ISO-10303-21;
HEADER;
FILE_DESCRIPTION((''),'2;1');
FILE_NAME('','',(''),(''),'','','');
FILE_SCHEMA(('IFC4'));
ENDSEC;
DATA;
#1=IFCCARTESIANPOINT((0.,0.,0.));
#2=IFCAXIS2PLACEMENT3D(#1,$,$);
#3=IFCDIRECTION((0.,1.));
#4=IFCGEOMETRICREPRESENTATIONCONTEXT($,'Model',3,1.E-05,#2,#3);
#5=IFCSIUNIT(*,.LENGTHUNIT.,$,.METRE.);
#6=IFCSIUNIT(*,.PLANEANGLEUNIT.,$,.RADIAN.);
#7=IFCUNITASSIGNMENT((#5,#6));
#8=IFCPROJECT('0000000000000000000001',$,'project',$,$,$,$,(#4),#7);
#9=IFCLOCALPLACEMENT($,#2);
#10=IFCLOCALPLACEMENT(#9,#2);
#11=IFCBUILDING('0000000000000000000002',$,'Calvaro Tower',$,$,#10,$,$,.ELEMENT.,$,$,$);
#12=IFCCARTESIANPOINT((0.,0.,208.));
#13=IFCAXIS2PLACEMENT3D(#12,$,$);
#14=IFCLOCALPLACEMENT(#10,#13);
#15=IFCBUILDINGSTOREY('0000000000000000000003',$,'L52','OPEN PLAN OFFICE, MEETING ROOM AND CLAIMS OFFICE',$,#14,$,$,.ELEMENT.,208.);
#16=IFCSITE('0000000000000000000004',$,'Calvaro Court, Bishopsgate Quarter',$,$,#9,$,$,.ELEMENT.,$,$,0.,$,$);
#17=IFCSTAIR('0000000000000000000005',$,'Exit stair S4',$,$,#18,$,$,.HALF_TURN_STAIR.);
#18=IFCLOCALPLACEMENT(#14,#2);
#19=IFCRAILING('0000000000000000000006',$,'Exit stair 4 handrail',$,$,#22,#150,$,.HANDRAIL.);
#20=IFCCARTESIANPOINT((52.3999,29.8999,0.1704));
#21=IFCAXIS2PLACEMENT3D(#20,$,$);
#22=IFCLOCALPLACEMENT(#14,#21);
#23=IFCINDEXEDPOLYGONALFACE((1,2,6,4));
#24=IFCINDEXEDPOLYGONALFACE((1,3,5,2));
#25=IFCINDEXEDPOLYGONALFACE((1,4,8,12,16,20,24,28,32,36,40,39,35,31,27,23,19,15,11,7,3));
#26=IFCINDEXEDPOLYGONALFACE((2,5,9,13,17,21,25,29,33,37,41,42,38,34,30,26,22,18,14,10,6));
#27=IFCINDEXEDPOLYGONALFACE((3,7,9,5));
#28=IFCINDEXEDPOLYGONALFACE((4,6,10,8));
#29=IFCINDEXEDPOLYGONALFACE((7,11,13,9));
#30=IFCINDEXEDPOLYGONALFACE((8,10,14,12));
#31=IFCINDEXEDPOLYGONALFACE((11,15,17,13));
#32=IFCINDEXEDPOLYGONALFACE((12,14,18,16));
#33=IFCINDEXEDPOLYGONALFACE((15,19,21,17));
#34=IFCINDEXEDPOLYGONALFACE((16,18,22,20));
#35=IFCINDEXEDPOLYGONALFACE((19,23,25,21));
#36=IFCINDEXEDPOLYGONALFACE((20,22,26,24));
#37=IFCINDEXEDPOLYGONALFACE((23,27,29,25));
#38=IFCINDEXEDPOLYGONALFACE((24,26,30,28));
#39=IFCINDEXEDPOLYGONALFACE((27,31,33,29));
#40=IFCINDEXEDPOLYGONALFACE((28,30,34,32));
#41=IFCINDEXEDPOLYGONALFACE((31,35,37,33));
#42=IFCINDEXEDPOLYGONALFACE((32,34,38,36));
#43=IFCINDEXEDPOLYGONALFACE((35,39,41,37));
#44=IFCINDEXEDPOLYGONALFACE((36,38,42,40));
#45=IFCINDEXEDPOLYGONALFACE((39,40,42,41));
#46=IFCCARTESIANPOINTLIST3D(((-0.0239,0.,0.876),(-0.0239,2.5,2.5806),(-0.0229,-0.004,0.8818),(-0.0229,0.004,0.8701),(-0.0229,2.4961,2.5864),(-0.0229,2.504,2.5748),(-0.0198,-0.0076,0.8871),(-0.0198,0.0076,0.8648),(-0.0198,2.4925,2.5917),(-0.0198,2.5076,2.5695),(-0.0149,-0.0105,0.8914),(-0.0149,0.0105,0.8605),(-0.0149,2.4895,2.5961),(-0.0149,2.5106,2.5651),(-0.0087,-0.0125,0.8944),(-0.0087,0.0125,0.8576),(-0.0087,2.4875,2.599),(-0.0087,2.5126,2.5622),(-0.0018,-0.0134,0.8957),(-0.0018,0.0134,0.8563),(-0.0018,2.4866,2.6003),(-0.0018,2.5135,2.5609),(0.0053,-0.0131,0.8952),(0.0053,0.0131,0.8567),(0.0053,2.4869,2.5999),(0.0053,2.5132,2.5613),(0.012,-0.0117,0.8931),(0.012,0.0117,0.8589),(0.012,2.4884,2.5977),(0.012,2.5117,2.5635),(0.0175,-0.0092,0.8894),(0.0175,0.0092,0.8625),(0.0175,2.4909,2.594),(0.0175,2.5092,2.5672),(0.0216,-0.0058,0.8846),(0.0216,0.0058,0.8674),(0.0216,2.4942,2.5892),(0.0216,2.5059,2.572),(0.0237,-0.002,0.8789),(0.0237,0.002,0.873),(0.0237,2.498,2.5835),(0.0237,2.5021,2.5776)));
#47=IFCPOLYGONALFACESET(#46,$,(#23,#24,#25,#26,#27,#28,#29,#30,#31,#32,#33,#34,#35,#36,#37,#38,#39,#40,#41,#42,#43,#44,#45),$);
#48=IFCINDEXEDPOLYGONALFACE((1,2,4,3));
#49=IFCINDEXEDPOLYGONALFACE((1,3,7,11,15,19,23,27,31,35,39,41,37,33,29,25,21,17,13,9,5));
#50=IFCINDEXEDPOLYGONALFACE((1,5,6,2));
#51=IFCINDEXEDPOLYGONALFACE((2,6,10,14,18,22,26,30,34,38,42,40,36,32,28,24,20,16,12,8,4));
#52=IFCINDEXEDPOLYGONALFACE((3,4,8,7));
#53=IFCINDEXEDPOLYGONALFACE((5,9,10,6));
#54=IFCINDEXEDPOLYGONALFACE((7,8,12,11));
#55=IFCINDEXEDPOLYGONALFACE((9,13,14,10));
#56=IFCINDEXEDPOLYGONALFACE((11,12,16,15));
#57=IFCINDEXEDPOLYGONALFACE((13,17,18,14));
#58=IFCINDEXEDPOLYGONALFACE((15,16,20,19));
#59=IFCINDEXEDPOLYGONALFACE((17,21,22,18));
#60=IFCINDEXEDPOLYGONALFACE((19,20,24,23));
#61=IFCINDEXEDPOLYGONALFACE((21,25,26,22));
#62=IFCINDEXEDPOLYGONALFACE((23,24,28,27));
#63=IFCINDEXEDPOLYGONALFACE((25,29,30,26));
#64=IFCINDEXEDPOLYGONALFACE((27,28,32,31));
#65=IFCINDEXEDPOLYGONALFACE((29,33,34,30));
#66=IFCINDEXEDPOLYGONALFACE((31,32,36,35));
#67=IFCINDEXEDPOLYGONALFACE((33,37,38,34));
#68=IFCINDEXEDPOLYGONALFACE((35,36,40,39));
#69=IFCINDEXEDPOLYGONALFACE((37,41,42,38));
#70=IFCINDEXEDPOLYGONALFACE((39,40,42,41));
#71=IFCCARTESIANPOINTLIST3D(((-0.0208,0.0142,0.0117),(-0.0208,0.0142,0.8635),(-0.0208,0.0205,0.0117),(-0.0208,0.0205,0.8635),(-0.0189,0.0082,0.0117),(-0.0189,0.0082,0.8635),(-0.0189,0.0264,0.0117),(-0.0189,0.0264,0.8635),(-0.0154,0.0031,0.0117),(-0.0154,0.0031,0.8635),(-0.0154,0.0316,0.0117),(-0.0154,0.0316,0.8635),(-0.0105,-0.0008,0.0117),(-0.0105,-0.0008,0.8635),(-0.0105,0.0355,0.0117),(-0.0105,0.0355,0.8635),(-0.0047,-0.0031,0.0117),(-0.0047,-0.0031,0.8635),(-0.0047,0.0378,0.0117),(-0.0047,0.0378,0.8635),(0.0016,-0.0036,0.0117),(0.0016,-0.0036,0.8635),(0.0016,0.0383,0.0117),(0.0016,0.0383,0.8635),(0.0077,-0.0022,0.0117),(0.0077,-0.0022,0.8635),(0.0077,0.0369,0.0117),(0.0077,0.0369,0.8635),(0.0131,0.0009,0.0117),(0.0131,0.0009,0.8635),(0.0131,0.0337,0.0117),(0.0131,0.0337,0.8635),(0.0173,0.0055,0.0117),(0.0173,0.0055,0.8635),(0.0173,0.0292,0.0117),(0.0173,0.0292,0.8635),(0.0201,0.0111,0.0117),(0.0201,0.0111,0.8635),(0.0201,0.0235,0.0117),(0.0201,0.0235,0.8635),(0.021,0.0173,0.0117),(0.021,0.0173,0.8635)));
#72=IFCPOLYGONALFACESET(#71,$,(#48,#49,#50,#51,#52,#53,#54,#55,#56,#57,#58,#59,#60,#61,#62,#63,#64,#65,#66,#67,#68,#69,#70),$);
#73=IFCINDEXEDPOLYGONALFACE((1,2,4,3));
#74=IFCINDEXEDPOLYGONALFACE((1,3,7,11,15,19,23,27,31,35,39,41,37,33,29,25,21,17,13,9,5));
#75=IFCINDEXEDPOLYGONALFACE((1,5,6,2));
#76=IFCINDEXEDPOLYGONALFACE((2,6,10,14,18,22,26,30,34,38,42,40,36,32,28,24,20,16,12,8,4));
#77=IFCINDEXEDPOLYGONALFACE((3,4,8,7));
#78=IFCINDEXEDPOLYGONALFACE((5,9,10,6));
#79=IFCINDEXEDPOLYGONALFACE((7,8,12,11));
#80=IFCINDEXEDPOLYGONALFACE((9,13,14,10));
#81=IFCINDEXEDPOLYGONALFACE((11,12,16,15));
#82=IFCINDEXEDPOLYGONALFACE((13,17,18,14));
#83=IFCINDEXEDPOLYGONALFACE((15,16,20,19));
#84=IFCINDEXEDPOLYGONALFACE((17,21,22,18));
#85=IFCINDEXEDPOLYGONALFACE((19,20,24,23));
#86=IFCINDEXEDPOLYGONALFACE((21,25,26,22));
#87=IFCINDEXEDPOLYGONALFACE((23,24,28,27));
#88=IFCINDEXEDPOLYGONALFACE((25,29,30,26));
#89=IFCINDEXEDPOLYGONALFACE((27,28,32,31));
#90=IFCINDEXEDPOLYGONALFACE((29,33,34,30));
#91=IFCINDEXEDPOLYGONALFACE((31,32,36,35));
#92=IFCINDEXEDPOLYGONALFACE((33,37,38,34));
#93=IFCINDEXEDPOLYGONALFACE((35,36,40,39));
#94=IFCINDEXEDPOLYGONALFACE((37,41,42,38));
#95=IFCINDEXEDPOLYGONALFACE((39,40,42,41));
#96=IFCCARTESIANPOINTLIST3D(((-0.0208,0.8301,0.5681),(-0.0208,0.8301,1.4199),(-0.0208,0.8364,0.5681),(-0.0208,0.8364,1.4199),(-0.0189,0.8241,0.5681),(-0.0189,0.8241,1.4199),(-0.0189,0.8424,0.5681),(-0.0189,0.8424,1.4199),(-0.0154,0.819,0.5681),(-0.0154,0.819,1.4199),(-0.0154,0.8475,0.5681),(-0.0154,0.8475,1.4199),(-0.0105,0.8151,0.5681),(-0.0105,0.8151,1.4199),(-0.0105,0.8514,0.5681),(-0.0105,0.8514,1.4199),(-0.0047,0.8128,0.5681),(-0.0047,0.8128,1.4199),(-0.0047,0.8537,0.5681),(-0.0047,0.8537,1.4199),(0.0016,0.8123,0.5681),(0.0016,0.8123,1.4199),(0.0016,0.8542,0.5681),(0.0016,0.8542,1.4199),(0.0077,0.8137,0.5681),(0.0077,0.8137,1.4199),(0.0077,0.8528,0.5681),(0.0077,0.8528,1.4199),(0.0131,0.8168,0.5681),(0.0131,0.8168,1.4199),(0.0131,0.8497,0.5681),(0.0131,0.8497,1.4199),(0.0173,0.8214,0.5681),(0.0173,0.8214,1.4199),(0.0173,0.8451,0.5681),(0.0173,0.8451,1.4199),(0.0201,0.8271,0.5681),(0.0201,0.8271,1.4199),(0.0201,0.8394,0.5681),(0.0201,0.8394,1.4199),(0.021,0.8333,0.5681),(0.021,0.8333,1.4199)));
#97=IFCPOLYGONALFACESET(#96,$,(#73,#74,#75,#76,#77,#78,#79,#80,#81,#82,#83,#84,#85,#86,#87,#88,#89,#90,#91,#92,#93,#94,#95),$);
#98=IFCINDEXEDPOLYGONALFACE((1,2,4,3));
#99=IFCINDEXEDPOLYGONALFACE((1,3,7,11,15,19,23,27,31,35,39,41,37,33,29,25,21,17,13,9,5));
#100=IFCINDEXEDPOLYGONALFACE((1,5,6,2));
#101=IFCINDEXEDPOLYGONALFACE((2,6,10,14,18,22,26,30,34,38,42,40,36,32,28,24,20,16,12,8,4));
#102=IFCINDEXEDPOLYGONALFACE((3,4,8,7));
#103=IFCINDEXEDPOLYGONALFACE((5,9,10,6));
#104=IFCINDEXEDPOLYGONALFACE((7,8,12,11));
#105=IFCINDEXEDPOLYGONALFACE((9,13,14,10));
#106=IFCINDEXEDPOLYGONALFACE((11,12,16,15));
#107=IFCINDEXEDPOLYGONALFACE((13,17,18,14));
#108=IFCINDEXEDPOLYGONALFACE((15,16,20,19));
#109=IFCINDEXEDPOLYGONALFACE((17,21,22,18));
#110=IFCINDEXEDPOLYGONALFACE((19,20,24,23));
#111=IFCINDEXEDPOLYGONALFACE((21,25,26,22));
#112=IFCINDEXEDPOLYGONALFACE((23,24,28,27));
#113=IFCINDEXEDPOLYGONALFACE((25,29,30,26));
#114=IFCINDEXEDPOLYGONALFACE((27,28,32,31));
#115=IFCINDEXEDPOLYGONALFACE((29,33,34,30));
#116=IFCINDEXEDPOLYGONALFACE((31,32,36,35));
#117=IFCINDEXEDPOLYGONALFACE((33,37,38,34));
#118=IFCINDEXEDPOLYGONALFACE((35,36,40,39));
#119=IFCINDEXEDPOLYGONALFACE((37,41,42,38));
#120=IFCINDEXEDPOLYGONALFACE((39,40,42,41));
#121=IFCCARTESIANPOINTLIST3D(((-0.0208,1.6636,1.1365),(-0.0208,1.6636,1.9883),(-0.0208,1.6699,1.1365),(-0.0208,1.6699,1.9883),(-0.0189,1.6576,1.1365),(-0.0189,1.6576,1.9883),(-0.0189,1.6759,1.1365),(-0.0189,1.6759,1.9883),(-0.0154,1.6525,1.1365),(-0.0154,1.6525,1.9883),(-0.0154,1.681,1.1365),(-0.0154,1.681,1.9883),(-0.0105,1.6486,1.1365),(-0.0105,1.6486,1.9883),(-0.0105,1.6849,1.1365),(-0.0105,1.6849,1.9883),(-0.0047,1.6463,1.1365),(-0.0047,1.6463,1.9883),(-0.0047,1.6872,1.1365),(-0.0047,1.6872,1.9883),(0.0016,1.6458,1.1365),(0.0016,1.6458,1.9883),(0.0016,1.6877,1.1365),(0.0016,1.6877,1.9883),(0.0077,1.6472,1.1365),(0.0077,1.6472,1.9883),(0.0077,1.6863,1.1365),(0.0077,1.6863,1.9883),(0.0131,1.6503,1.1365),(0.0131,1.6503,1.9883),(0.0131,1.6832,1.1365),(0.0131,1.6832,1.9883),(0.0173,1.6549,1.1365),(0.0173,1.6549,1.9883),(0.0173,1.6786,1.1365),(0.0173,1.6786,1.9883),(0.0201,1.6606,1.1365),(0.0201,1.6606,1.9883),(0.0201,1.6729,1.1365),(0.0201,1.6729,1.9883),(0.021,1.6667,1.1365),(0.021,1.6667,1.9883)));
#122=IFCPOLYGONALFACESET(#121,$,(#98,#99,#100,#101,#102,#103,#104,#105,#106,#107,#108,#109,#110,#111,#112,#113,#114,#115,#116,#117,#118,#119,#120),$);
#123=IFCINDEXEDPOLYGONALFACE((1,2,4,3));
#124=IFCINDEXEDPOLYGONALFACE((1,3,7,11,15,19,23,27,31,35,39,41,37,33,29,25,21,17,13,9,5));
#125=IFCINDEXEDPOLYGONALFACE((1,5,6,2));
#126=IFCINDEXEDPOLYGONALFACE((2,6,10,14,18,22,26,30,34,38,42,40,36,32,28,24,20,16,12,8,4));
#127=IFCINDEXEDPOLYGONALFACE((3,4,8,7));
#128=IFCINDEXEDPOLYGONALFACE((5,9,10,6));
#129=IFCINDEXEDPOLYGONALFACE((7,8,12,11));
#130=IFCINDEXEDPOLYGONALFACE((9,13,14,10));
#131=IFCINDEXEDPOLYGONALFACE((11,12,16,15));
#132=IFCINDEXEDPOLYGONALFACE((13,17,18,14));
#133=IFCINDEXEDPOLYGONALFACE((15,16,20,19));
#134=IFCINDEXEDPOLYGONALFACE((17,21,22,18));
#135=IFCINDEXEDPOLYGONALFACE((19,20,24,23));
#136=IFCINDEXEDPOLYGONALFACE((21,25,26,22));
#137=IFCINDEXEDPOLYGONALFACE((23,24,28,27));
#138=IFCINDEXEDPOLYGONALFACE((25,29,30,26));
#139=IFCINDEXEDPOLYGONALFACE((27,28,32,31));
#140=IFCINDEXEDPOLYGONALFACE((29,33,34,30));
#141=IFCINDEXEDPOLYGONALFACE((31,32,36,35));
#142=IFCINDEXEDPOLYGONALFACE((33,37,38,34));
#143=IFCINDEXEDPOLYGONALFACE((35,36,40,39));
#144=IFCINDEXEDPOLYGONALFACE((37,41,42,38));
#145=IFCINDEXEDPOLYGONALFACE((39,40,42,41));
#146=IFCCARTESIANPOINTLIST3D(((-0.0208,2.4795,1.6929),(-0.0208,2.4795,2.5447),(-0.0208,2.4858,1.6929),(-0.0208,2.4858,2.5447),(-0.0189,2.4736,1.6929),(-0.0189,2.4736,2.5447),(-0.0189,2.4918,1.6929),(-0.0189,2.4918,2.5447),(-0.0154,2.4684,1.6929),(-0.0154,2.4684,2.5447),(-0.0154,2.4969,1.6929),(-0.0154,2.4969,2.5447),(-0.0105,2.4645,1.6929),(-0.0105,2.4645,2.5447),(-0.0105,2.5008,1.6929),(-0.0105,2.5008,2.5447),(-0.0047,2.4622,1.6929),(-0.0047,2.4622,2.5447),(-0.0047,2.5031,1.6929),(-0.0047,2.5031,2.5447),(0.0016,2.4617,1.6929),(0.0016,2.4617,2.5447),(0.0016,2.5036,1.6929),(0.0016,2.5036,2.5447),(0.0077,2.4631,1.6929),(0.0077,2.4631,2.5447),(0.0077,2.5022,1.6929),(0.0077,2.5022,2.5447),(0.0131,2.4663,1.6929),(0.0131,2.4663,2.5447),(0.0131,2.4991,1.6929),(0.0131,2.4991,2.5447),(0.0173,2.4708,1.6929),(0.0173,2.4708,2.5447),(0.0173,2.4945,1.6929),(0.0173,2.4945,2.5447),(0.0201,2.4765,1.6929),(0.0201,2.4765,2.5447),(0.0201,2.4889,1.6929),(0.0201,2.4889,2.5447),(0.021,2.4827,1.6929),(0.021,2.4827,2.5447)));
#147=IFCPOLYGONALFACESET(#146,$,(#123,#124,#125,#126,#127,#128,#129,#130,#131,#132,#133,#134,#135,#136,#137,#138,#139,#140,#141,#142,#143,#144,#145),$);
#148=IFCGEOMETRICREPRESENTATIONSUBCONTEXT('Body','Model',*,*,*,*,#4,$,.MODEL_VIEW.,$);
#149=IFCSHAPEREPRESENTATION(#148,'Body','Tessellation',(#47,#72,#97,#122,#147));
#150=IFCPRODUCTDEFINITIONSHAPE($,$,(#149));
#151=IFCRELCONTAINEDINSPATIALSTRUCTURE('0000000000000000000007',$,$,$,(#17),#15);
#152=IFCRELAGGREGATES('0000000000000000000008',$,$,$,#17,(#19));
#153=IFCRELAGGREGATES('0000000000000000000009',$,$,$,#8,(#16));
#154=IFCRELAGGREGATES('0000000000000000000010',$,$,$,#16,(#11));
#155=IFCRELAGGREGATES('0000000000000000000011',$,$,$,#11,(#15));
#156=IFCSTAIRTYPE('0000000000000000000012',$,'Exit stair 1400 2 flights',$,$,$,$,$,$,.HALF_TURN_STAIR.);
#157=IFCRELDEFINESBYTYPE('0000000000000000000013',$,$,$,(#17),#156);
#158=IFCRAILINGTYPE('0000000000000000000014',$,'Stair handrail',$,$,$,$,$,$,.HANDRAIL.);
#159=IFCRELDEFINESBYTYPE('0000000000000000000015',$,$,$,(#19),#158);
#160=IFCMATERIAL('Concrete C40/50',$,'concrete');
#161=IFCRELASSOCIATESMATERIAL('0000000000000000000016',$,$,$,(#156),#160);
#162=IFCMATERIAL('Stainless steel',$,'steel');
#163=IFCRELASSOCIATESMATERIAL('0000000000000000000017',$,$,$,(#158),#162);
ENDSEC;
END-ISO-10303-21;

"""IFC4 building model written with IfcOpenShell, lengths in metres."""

from ifc_helpers import new_model, si_unit, direction, frame, origin, origin_2d, place, context, subcontext, project, spatial, circle, extrude, material, type_object, element, aggregate, save


model = new_model("IFC4")

# Units and contexts
model_context = context("Model", 3, precision=1e-05, world=origin(), true_north=direction((0.0, 1.0)))
body_context = subcontext(model_context, "Body", "Model", "MODEL_VIEW")
ifc_project = project(units=[si_unit("LENGTHUNIT", "METRE"), si_unit("PLANEANGLEUNIT", "RADIAN")], contexts=[model_context])

# Site, building, storey
site_placement = place(None, origin())
site = spatial("IfcSite", under=ifc_project, at=site_placement, Name="Calvaro Court, Bishopsgate Quarter", CompositionType="ELEMENT", RefElevation=0.0)
building_placement = place(site_placement, origin())
building = spatial("IfcBuilding", under=site, at=building_placement, Name="Calvaro Tower", CompositionType="ELEMENT")
storey_placement = place(building_placement, frame((0.0, 0.0, 208.0)))
storey = spatial("IfcBuildingStorey", under=building, at=storey_placement, Name="L52", Description="OPEN PLAN OFFICE, MEETING ROOM AND CLAIMS OFFICE", CompositionType="ELEMENT", Elevation=208.0)

# Stair
ifc_material_1 = material(Name="Concrete C40/50", Category="concrete")
stair_type = type_object("IfcStairType", Name="Exit stair 1400 2 flights", PredefinedType="HALF_TURN_STAIR", material=ifc_material_1)
stair_1_placement = place(storey_placement, origin())
stair_1 = element("IfcStair", 1, at=stair_1_placement, inside=storey, type_object=stair_type, Name="Exit stair S4", PredefinedType="HALF_TURN_STAIR")

# Railing
ifc_material_2 = material(Name="Stainless steel", Category="steel")
railing_type = type_object("IfcRailingType", Name="Stair handrail", PredefinedType="HANDRAIL", material=ifc_material_2)
railing_1_placement = place(storey_placement, frame((52.3999, 29.8999, 0.1704)))
railing_1 = element("IfcRailing", 2, at=railing_1_placement, type_object=railing_type, Name="Exit stair 4 handrail", PredefinedType="HANDRAIL", context=body_context, shape_type="SweptSolid", body=[
    extrude(circle(Radius=0.0239, at=origin_2d()), frame((0.0, 0.0, 0.876), z_axis=(0.0, 0.826221, 0.563347), x_axis=(-1.0, 0.0, 0.0)), (0.0, 0.0, 1.0), 3.0259),
    extrude(circle(Radius=0.021, at=origin_2d()), frame((0.0, 0.0173, 0.0117)), (0.0, 0.0, 1.0), 0.8518),
    extrude(circle(Radius=0.021, at=origin_2d()), frame((0.0, 0.8333, 0.5681)), (0.0, 0.0, 1.0), 0.8518),
    extrude(circle(Radius=0.021, at=origin_2d()), frame((0.0, 1.6667, 1.1365)), (0.0, 0.0, 1.0), 0.8518),
    extrude(circle(Radius=0.021, at=origin_2d()), frame((0.0, 2.4827, 1.6929)), (0.0, 0.0, 1.0), 0.8518),
])
aggregate(stair_1, [railing_1])

save(model, "model.ifc")
